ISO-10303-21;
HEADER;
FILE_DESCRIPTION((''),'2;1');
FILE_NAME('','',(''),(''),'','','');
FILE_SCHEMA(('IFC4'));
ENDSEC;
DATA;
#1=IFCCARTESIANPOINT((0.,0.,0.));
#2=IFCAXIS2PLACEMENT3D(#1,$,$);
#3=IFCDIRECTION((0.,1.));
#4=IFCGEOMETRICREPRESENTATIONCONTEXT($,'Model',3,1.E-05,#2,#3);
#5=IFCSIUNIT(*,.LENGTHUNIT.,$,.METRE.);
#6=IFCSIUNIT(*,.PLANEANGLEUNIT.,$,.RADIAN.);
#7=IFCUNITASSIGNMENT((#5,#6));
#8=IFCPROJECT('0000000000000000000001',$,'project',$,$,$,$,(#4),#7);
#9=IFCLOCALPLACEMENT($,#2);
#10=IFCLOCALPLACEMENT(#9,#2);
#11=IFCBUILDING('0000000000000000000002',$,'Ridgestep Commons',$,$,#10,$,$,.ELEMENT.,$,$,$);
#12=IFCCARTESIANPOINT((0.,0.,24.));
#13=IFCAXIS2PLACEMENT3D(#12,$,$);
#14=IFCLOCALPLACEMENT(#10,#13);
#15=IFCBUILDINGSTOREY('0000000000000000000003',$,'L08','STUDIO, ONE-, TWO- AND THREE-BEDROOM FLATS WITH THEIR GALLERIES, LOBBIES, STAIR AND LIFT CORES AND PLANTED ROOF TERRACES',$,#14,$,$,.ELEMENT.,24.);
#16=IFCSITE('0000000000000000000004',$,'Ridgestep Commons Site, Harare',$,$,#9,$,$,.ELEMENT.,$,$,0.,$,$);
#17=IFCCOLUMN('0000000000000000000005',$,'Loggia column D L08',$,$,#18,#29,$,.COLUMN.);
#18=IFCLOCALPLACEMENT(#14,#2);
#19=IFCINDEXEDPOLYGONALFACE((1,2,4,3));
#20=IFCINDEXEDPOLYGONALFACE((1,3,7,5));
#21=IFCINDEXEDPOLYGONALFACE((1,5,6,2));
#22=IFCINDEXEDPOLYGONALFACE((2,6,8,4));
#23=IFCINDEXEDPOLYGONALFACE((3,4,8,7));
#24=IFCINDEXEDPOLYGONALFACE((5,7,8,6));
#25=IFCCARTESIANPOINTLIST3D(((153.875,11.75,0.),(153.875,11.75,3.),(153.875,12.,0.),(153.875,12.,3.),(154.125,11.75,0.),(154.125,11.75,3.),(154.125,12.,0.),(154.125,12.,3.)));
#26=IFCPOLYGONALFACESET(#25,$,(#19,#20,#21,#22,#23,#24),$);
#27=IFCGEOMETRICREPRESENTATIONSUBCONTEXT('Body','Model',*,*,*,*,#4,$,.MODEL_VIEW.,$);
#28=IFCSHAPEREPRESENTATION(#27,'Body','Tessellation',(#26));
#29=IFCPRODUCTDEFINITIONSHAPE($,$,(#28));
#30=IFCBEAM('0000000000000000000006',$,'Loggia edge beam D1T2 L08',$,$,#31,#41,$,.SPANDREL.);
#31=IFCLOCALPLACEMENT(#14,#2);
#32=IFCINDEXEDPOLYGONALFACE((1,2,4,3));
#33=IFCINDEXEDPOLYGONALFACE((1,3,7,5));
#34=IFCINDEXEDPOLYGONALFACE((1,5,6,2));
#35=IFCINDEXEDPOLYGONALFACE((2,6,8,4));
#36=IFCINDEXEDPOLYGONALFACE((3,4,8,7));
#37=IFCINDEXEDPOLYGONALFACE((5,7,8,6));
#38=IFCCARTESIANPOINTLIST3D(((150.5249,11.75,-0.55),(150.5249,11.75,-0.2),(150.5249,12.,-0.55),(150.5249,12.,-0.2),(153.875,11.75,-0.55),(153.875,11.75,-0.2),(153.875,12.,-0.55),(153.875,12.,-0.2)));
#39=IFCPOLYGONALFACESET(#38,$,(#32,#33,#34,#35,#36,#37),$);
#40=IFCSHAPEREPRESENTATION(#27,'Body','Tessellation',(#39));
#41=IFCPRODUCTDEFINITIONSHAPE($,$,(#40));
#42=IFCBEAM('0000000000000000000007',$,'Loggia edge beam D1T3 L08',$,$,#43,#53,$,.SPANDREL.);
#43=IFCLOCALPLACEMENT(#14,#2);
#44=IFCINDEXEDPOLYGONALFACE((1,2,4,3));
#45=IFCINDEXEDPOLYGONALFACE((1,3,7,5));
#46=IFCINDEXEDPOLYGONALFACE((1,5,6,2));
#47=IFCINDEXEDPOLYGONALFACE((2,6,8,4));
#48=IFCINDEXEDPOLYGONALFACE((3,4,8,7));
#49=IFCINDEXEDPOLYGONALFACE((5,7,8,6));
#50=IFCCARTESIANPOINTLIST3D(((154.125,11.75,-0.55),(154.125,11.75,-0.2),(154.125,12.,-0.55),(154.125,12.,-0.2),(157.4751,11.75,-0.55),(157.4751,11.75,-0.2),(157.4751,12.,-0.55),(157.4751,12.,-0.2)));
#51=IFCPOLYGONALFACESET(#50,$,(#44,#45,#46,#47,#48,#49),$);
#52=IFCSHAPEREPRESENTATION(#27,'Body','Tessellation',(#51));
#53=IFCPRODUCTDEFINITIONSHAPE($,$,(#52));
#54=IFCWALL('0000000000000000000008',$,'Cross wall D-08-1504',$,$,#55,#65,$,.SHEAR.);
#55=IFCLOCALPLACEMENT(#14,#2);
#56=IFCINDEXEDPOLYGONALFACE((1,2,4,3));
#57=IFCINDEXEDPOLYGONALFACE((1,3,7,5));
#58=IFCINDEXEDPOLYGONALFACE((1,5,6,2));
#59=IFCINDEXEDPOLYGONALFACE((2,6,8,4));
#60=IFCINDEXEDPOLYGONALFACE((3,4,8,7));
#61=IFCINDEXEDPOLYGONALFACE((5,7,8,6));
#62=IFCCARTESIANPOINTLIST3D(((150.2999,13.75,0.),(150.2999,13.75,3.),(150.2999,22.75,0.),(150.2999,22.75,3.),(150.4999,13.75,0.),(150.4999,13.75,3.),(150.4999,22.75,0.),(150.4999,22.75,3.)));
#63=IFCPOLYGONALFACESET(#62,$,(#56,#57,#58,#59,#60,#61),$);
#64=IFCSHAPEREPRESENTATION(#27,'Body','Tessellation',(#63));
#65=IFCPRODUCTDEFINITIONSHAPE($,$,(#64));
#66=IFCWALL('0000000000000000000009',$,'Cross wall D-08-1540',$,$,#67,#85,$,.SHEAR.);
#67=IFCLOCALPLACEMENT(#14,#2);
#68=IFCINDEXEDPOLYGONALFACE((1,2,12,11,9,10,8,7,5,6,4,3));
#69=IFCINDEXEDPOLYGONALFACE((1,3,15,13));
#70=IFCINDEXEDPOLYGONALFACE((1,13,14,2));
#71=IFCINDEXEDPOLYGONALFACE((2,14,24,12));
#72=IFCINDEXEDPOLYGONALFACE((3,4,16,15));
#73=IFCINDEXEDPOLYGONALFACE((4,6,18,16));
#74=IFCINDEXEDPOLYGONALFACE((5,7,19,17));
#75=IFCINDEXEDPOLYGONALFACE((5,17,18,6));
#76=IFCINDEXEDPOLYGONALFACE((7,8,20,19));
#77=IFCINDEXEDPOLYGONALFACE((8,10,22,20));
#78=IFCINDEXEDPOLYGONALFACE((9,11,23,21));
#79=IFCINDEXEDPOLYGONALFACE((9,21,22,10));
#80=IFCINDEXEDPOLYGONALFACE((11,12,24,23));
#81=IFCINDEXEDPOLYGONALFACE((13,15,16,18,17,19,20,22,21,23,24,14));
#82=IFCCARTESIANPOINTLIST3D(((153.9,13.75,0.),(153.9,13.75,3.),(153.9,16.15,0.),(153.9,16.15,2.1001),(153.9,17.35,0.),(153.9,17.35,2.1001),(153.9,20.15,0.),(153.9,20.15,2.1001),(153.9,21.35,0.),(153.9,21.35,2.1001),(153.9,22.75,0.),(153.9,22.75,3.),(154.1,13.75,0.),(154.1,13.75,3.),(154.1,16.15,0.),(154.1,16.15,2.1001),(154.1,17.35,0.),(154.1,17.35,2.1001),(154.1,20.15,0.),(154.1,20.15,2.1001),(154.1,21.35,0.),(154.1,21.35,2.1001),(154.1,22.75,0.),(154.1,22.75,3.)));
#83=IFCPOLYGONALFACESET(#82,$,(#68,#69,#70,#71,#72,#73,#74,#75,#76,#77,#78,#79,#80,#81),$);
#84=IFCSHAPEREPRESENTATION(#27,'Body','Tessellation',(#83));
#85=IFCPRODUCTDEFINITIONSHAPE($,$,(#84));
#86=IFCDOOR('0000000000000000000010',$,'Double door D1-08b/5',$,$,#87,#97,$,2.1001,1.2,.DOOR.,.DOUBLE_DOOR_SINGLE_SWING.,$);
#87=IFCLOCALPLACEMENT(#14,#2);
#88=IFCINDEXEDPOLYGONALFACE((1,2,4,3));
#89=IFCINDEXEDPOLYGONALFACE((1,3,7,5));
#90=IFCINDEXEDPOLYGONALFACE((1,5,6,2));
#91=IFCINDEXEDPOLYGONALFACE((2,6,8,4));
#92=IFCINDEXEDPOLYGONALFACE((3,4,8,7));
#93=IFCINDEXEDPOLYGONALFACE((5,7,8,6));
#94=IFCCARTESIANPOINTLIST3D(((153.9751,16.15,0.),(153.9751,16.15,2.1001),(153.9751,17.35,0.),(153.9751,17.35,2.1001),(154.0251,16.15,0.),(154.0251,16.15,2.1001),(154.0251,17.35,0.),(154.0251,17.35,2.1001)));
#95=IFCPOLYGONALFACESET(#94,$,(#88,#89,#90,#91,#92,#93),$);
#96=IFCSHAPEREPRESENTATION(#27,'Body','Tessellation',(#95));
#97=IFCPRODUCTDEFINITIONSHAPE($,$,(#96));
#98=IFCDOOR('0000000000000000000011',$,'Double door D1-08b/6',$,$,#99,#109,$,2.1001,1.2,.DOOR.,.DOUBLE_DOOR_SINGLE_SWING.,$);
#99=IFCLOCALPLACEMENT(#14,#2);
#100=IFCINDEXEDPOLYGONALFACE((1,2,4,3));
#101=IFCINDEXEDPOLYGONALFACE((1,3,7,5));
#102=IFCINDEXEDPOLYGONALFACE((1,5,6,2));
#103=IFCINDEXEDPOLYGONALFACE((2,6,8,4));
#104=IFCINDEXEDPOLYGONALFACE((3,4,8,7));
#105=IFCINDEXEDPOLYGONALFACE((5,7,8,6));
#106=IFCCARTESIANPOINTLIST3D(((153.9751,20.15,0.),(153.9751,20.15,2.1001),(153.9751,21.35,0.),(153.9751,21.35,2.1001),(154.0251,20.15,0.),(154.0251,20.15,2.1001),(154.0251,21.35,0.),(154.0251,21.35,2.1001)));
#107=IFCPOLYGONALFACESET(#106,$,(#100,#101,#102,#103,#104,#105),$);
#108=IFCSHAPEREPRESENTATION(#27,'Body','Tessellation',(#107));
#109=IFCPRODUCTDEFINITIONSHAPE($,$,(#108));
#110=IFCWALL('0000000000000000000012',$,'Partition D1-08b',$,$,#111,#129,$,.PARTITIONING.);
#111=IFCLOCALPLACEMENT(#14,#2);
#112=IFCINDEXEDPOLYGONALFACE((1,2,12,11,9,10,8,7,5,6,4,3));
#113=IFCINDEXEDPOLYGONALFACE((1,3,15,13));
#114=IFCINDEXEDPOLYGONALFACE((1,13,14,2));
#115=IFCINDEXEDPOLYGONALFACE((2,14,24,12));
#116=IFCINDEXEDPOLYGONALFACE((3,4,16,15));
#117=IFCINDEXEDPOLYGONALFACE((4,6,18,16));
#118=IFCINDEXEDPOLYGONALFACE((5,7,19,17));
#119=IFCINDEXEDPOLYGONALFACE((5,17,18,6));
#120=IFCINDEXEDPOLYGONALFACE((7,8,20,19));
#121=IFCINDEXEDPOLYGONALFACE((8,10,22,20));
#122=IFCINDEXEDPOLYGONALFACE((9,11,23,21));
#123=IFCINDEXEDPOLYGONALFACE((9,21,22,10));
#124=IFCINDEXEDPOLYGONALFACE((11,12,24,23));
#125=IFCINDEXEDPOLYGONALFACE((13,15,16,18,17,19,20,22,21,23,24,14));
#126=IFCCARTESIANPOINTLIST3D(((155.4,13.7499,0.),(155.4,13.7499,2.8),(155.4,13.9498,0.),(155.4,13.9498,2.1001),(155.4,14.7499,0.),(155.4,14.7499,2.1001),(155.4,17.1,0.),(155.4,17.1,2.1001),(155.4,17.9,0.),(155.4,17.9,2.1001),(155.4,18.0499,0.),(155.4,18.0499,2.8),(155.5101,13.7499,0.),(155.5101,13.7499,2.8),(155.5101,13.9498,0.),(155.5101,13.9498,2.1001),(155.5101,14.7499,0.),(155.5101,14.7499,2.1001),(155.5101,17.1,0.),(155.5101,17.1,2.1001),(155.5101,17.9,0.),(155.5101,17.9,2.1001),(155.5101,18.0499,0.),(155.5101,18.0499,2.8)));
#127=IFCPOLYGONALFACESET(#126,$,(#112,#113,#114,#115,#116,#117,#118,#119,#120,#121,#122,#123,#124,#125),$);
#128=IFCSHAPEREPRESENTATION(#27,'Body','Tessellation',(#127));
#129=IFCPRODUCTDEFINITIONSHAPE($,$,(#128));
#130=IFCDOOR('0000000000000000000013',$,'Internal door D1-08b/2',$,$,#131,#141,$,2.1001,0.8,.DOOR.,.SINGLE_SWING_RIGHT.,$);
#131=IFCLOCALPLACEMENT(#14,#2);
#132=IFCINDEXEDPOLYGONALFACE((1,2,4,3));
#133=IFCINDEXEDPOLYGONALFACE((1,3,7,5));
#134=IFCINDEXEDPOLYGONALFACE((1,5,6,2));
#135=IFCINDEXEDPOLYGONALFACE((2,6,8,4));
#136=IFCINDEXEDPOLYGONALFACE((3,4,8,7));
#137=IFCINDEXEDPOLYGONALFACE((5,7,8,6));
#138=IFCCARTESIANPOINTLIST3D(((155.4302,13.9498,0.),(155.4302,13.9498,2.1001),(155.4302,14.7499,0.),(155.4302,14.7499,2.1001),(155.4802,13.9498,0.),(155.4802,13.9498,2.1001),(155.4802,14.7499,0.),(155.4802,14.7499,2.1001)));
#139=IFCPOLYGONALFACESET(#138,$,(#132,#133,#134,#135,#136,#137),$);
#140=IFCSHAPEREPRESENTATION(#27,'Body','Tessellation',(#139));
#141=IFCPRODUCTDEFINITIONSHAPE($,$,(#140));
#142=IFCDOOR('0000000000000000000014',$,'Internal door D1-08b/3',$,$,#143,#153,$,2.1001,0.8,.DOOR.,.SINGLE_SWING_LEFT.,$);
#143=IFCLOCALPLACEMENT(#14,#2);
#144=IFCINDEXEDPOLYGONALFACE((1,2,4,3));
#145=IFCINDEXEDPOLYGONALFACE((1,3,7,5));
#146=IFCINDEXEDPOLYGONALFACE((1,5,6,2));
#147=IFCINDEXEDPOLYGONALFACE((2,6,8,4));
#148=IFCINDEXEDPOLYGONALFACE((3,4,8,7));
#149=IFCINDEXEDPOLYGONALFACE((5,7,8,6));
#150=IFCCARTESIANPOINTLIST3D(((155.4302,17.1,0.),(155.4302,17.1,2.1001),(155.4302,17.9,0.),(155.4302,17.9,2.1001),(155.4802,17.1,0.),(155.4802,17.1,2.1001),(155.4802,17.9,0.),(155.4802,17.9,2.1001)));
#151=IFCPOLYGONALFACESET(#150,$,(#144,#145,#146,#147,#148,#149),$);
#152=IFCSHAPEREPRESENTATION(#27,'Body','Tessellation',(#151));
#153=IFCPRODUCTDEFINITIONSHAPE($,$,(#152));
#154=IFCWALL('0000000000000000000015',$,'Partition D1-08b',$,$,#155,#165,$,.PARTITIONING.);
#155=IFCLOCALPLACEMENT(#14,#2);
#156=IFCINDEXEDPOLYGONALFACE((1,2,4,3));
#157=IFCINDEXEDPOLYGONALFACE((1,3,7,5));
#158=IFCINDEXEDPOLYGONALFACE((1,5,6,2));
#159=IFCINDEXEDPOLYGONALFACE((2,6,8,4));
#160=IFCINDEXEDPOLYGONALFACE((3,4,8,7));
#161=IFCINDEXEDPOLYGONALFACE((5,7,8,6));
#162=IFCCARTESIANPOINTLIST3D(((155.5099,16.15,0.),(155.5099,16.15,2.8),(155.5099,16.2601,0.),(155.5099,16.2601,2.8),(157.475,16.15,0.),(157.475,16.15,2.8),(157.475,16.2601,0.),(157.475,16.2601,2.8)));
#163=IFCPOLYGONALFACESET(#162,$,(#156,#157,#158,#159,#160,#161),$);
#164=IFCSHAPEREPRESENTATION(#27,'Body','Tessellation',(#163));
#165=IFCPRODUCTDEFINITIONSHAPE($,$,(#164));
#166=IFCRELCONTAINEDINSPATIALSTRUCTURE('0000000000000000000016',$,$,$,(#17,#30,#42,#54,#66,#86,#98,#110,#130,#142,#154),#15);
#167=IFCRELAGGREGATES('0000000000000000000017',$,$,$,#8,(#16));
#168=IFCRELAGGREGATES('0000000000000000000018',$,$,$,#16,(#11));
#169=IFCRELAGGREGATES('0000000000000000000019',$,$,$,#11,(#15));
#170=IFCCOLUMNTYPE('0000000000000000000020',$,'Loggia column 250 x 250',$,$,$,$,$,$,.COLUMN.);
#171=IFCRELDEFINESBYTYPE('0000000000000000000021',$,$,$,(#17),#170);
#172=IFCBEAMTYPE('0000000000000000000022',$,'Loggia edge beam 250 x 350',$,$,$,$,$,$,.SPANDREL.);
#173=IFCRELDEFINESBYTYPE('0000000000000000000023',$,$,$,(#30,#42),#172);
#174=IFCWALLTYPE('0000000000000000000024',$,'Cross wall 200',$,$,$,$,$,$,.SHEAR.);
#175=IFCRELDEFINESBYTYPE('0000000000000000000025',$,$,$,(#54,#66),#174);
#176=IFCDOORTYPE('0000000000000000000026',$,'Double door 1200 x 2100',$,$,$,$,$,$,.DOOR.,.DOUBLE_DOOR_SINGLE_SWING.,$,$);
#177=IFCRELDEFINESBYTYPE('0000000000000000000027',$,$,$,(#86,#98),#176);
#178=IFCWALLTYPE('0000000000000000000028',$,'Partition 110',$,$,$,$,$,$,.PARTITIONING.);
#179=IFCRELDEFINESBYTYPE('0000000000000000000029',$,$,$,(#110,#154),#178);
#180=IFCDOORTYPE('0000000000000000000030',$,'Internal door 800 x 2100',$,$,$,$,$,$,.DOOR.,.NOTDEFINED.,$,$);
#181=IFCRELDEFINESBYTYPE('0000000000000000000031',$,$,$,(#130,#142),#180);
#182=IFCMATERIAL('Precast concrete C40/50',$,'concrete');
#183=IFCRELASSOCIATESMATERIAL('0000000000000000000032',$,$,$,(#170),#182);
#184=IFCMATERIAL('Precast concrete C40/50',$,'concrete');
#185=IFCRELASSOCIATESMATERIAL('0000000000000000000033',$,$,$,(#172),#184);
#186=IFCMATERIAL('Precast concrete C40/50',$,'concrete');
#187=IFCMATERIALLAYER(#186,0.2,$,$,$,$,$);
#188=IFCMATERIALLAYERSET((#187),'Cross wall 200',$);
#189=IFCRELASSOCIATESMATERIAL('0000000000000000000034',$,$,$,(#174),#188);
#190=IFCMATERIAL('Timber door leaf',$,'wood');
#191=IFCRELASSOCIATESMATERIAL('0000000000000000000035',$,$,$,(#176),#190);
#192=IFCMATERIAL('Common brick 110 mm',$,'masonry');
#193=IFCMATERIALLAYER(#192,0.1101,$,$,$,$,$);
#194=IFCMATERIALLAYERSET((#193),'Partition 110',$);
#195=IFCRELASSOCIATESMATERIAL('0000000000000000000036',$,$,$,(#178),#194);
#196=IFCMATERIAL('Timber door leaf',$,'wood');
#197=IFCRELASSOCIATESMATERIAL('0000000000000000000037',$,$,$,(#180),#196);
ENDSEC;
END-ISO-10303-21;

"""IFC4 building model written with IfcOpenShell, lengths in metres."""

from ifc_helpers import new_model, si_unit, direction, frame, frame_2d, origin, origin_2d, place, context, subcontext, project, spatial, rectangle, extrude, material, layer, layer_set, material_profile, profile_set, type_object, element, fill, save


model = new_model("IFC4")

# Units and contexts
model_context = context("Model", 3, precision=1e-05, world=origin(), true_north=direction((0.0, 1.0)))
body_context = subcontext(model_context, "Body", "Model", "MODEL_VIEW")
ifc_project = project(units=[si_unit("LENGTHUNIT", "METRE"), si_unit("PLANEANGLEUNIT", "RADIAN")], contexts=[model_context])

# Site, building, storey
site_placement = place(None, origin())
site = spatial("IfcSite", under=ifc_project, at=site_placement, Name="Ridgestep Commons Site, Harare", CompositionType="ELEMENT", RefElevation=0.0)
building_placement = place(site_placement, origin())
building = spatial("IfcBuilding", under=site, at=building_placement, Name="Ridgestep Commons", CompositionType="ELEMENT")
storey_placement = place(building_placement, frame((0.0, 0.0, 24.0)))
storey = spatial("IfcBuildingStorey", under=building, at=storey_placement, Name="L08", Description="STUDIO, ONE-, TWO- AND THREE-BEDROOM FLATS WITH THEIR GALLERIES, LOBBIES, STAIR AND LIFT CORES AND PLANTED ROOF TERRACES", CompositionType="ELEMENT", Elevation=24.0)

# Column
ifc_material_1 = material(Name="Precast concrete C40/50", Category="concrete")
ifc_material_profile_1 = material_profile(ifc_material_1, rectangle(XDim=0.25, YDim=0.25, at=origin_2d()), Name="PC 250x250")
ifc_profile_set_1 = profile_set([ifc_material_profile_1], Name="Precast concrete C40/50")
column_type = type_object("IfcColumnType", Name="Loggia column 250 x 250", PredefinedType="COLUMN", material=ifc_profile_set_1)
column_placement = place(storey_placement, frame((154.0, 11.875, 0.0), z_axis=(0.0, 0.0, 1.0), x_axis=(1.0, 0.0, 0.0)))
element("IfcColumn", 1, at=column_placement, inside=storey, type_object=column_type, Name="Loggia column D L08", PredefinedType="COLUMN", context=body_context, shape_type="SweptSolid", body=[
    extrude(rectangle(XDim=0.25, YDim=0.25, at=origin_2d()), origin(), (0.0, 0.0, 1.0), 3.0),
])

# Beams
ifc_material_2 = material(Name="Precast concrete C40/50", Category="concrete")
ifc_material_profile_2 = material_profile(ifc_material_2, rectangle(XDim=0.25, YDim=0.3501, at=origin_2d()), Name="PC 250x350")
ifc_profile_set_2 = profile_set([ifc_material_profile_2], Name="Precast concrete C40/50")
beam_type = type_object("IfcBeamType", Name="Loggia edge beam 250 x 350", PredefinedType="SPANDREL", material=ifc_profile_set_2)
for number, where, z_axis, x_axis, name in (
    (2, (150.5249, 11.875, -0.375), (1.0, 0.0, 0.0), (0.0, 1.0, 0.0), "Loggia edge beam D1T2 L08"),
    (3, (154.125, 11.875, -0.375), (1.0, 0.0, 0.0), (0.0, 1.0, 0.0), "Loggia edge beam D1T3 L08"),
):
    element("IfcBeam", number, at=place(storey_placement, frame(where, z_axis=z_axis, x_axis=x_axis)), inside=storey, type_object=beam_type, Name=name, PredefinedType="SPANDREL", context=body_context, shape_type="SweptSolid", body=[
        extrude(rectangle(XDim=0.25, YDim=0.3501, at=origin_2d()), origin(), (0.0, 0.0, 1.0), 3.3501),
    ])

# Wall
ifc_material_3 = material(Name="Precast concrete C40/50", Category="concrete")
ifc_layer_1 = layer(ifc_material_3, 0.2)
ifc_layer_set_1 = layer_set([ifc_layer_1], Name="Cross wall 200")
wall_type_1 = type_object("IfcWallType", Name="Cross wall 200", PredefinedType="SHEAR", material=ifc_layer_set_1)
wall_1_placement = place(storey_placement, frame((150.3999, 13.75, 0.0), z_axis=(0.0, 0.0, 1.0), x_axis=(0.0, 1.0, 0.0)))
element("IfcWall", 4, at=wall_1_placement, inside=storey, type_object=wall_type_1, Name="Cross wall D-08-1504", PredefinedType="SHEAR", context=body_context, shape_type="SweptSolid", body=[
    extrude(rectangle(XDim=9.0, YDim=0.2, at=frame_2d((4.5, 0.0))), origin(), (0.0, 0.0, 1.0), 3.0),
])

# Walls, openings, doors
wall_2_placement = place(storey_placement, frame((154.0, 13.75, 0.0), z_axis=(0.0, 0.0, 1.0), x_axis=(0.0, 1.0, 0.0)))
wall_2 = element("IfcWall", 5, at=wall_2_placement, inside=storey, type_object=wall_type_1, Name="Cross wall D-08-1540", PredefinedType="SHEAR", context=body_context, shape_type="SweptSolid", body=[
    extrude(rectangle(XDim=9.0, YDim=0.2, at=frame_2d((4.5, 0.0))), origin(), (0.0, 0.0, 1.0), 3.0),
])
opening_1_placement = place(wall_2_placement, frame((2.3999, 0.0, 0.0)))
opening_1 = element("IfcOpeningElement", 6, at=opening_1_placement, cuts=wall_2, PredefinedType="OPENING", context=body_context, shape_type="SweptSolid", body=[
    extrude(rectangle(XDim=1.2, YDim=2.1001, at=frame_2d((0.6001, 1.05))), frame((0.0, 0.1099, 0.0), z_axis=(0.0, -1.0, 0.0), x_axis=(1.0, 0.0, 0.0)), (0.0, 0.0, 1.0), 0.22),
])
opening_2_placement = place(wall_2_placement, frame((6.3999, 0.0, 0.0)))
opening_2 = element("IfcOpeningElement", 7, at=opening_2_placement, cuts=wall_2, PredefinedType="OPENING", context=body_context, shape_type="SweptSolid", body=[
    extrude(rectangle(XDim=1.2, YDim=2.1001, at=frame_2d((0.6001, 1.05))), frame((0.0, 0.1099, 0.0), z_axis=(0.0, -1.0, 0.0), x_axis=(1.0, 0.0, 0.0)), (0.0, 0.0, 1.0), 0.22),
])
ifc_material_4 = material(Name="Timber door leaf", Category="wood")
door_type_1 = type_object("IfcDoorType", Name="Double door 1200 x 2100", OperationType="DOUBLE_DOOR_SINGLE_SWING", PredefinedType="DOOR", material=ifc_material_4)
door_1_placement = place(opening_1_placement, origin())
door_1 = element("IfcDoor", 8, at=door_1_placement, inside=storey, type_object=door_type_1, Name="Double door D1-08b/5", OperationType="DOUBLE_DOOR_SINGLE_SWING", OverallHeight=2.1001, OverallWidth=1.2, PredefinedType="DOOR", context=body_context, shape_type="SweptSolid", body=[
    extrude(rectangle(XDim=1.2, YDim=2.1001, at=frame_2d((0.6001, 1.05))), frame((0.0, 0.0249, 0.0), z_axis=(0.0, -1.0, 0.0), x_axis=(1.0, 0.0, 0.0)), (0.0, 0.0, 1.0), 0.05),
])
fill(opening_1, door_1)
door_2_placement = place(opening_2_placement, origin())
door_2 = element("IfcDoor", 9, at=door_2_placement, inside=storey, type_object=door_type_1, Name="Double door D1-08b/6", OperationType="DOUBLE_DOOR_SINGLE_SWING", OverallHeight=2.1001, OverallWidth=1.2, PredefinedType="DOOR", context=body_context, shape_type="SweptSolid", body=[
    extrude(rectangle(XDim=1.2, YDim=2.1001, at=frame_2d((0.6001, 1.05))), frame((0.0, 0.0249, 0.0), z_axis=(0.0, -1.0, 0.0), x_axis=(1.0, 0.0, 0.0)), (0.0, 0.0, 1.0), 0.05),
])
fill(opening_2, door_2)
ifc_material_5 = material(Name="Common brick 110 mm", Category="masonry")
ifc_layer_2 = layer(ifc_material_5, 0.1101)
ifc_layer_set_2 = layer_set([ifc_layer_2], Name="Partition 110")
wall_type_2 = type_object("IfcWallType", Name="Partition 110", PredefinedType="PARTITIONING", material=ifc_layer_set_2)
wall_3_placement = place(storey_placement, frame((155.4551, 13.75, 0.0), z_axis=(0.0, 0.0, 1.0), x_axis=(0.0, 1.0, 0.0)))
wall_3 = element("IfcWall", 10, at=wall_3_placement, inside=storey, type_object=wall_type_2, Name="Partition D1-08b", PredefinedType="PARTITIONING", context=body_context, shape_type="SweptSolid", body=[
    extrude(rectangle(XDim=4.3, YDim=0.1101, at=frame_2d((2.1499, 0.0))), origin(), (0.0, 0.0, 1.0), 2.8),
])
opening_3_placement = place(wall_3_placement, frame((0.2, 0.0, 0.0)))
opening_3 = element("IfcOpeningElement", 11, at=opening_3_placement, cuts=wall_3, PredefinedType="OPENING", context=body_context, shape_type="SweptSolid", body=[
    extrude(rectangle(XDim=0.8, YDim=2.1001, at=frame_2d((0.3999, 1.05))), frame((0.0, 0.0649, 0.0), z_axis=(0.0, -1.0, 0.0), x_axis=(1.0, 0.0, 0.0)), (0.0, 0.0, 1.0), 0.1301),
])
opening_4_placement = place(wall_3_placement, frame((3.3501, 0.0, 0.0)))
opening_4 = element("IfcOpeningElement", 12, at=opening_4_placement, cuts=wall_3, PredefinedType="OPENING", context=body_context, shape_type="SweptSolid", body=[
    extrude(rectangle(XDim=0.8, YDim=2.1001, at=frame_2d((0.3999, 1.05))), frame((0.0, 0.0649, 0.0), z_axis=(0.0, -1.0, 0.0), x_axis=(1.0, 0.0, 0.0)), (0.0, 0.0, 1.0), 0.1301),
])
ifc_material_6 = material(Name="Timber door leaf", Category="wood")
door_type_2 = type_object("IfcDoorType", Name="Internal door 800 x 2100", OperationType="NOTDEFINED", PredefinedType="DOOR", material=ifc_material_6)
door_3_placement = place(opening_3_placement, origin())
door_3 = element("IfcDoor", 13, at=door_3_placement, inside=storey, type_object=door_type_2, Name="Internal door D1-08b/2", OperationType="SINGLE_SWING_RIGHT", OverallHeight=2.1001, OverallWidth=0.8, PredefinedType="DOOR", context=body_context, shape_type="SweptSolid", body=[
    extrude(rectangle(XDim=0.8, YDim=2.1001, at=frame_2d((0.3999, 1.05))), frame((0.0, 0.0249, 0.0), z_axis=(0.0, -1.0, 0.0), x_axis=(1.0, 0.0, 0.0)), (0.0, 0.0, 1.0), 0.05),
])
fill(opening_3, door_3)
door_4_placement = place(opening_4_placement, origin())
door_4 = element("IfcDoor", 14, at=door_4_placement, inside=storey, type_object=door_type_2, Name="Internal door D1-08b/3", OperationType="SINGLE_SWING_LEFT", OverallHeight=2.1001, OverallWidth=0.8, PredefinedType="DOOR", context=body_context, shape_type="SweptSolid", body=[
    extrude(rectangle(XDim=0.8, YDim=2.1001, at=frame_2d((0.3999, 1.05))), frame((0.0, 0.0249, 0.0), z_axis=(0.0, -1.0, 0.0), x_axis=(1.0, 0.0, 0.0)), (0.0, 0.0, 1.0), 0.05),
])
fill(opening_4, door_4)

# Wall
wall_4_placement = place(storey_placement, frame((155.51, 16.2051, 0.0), z_axis=(0.0, 0.0, 1.0), x_axis=(1.0, 0.0, 0.0)))
element("IfcWall", 15, at=wall_4_placement, inside=storey, type_object=wall_type_2, Name="Partition D1-08b", PredefinedType="PARTITIONING", context=body_context, shape_type="SweptSolid", body=[
    extrude(rectangle(XDim=1.9651, YDim=0.1101, at=frame_2d((0.9824, 0.0))), origin(), (0.0, 0.0, 1.0), 2.8),
])

save(model, "model.ifc")
